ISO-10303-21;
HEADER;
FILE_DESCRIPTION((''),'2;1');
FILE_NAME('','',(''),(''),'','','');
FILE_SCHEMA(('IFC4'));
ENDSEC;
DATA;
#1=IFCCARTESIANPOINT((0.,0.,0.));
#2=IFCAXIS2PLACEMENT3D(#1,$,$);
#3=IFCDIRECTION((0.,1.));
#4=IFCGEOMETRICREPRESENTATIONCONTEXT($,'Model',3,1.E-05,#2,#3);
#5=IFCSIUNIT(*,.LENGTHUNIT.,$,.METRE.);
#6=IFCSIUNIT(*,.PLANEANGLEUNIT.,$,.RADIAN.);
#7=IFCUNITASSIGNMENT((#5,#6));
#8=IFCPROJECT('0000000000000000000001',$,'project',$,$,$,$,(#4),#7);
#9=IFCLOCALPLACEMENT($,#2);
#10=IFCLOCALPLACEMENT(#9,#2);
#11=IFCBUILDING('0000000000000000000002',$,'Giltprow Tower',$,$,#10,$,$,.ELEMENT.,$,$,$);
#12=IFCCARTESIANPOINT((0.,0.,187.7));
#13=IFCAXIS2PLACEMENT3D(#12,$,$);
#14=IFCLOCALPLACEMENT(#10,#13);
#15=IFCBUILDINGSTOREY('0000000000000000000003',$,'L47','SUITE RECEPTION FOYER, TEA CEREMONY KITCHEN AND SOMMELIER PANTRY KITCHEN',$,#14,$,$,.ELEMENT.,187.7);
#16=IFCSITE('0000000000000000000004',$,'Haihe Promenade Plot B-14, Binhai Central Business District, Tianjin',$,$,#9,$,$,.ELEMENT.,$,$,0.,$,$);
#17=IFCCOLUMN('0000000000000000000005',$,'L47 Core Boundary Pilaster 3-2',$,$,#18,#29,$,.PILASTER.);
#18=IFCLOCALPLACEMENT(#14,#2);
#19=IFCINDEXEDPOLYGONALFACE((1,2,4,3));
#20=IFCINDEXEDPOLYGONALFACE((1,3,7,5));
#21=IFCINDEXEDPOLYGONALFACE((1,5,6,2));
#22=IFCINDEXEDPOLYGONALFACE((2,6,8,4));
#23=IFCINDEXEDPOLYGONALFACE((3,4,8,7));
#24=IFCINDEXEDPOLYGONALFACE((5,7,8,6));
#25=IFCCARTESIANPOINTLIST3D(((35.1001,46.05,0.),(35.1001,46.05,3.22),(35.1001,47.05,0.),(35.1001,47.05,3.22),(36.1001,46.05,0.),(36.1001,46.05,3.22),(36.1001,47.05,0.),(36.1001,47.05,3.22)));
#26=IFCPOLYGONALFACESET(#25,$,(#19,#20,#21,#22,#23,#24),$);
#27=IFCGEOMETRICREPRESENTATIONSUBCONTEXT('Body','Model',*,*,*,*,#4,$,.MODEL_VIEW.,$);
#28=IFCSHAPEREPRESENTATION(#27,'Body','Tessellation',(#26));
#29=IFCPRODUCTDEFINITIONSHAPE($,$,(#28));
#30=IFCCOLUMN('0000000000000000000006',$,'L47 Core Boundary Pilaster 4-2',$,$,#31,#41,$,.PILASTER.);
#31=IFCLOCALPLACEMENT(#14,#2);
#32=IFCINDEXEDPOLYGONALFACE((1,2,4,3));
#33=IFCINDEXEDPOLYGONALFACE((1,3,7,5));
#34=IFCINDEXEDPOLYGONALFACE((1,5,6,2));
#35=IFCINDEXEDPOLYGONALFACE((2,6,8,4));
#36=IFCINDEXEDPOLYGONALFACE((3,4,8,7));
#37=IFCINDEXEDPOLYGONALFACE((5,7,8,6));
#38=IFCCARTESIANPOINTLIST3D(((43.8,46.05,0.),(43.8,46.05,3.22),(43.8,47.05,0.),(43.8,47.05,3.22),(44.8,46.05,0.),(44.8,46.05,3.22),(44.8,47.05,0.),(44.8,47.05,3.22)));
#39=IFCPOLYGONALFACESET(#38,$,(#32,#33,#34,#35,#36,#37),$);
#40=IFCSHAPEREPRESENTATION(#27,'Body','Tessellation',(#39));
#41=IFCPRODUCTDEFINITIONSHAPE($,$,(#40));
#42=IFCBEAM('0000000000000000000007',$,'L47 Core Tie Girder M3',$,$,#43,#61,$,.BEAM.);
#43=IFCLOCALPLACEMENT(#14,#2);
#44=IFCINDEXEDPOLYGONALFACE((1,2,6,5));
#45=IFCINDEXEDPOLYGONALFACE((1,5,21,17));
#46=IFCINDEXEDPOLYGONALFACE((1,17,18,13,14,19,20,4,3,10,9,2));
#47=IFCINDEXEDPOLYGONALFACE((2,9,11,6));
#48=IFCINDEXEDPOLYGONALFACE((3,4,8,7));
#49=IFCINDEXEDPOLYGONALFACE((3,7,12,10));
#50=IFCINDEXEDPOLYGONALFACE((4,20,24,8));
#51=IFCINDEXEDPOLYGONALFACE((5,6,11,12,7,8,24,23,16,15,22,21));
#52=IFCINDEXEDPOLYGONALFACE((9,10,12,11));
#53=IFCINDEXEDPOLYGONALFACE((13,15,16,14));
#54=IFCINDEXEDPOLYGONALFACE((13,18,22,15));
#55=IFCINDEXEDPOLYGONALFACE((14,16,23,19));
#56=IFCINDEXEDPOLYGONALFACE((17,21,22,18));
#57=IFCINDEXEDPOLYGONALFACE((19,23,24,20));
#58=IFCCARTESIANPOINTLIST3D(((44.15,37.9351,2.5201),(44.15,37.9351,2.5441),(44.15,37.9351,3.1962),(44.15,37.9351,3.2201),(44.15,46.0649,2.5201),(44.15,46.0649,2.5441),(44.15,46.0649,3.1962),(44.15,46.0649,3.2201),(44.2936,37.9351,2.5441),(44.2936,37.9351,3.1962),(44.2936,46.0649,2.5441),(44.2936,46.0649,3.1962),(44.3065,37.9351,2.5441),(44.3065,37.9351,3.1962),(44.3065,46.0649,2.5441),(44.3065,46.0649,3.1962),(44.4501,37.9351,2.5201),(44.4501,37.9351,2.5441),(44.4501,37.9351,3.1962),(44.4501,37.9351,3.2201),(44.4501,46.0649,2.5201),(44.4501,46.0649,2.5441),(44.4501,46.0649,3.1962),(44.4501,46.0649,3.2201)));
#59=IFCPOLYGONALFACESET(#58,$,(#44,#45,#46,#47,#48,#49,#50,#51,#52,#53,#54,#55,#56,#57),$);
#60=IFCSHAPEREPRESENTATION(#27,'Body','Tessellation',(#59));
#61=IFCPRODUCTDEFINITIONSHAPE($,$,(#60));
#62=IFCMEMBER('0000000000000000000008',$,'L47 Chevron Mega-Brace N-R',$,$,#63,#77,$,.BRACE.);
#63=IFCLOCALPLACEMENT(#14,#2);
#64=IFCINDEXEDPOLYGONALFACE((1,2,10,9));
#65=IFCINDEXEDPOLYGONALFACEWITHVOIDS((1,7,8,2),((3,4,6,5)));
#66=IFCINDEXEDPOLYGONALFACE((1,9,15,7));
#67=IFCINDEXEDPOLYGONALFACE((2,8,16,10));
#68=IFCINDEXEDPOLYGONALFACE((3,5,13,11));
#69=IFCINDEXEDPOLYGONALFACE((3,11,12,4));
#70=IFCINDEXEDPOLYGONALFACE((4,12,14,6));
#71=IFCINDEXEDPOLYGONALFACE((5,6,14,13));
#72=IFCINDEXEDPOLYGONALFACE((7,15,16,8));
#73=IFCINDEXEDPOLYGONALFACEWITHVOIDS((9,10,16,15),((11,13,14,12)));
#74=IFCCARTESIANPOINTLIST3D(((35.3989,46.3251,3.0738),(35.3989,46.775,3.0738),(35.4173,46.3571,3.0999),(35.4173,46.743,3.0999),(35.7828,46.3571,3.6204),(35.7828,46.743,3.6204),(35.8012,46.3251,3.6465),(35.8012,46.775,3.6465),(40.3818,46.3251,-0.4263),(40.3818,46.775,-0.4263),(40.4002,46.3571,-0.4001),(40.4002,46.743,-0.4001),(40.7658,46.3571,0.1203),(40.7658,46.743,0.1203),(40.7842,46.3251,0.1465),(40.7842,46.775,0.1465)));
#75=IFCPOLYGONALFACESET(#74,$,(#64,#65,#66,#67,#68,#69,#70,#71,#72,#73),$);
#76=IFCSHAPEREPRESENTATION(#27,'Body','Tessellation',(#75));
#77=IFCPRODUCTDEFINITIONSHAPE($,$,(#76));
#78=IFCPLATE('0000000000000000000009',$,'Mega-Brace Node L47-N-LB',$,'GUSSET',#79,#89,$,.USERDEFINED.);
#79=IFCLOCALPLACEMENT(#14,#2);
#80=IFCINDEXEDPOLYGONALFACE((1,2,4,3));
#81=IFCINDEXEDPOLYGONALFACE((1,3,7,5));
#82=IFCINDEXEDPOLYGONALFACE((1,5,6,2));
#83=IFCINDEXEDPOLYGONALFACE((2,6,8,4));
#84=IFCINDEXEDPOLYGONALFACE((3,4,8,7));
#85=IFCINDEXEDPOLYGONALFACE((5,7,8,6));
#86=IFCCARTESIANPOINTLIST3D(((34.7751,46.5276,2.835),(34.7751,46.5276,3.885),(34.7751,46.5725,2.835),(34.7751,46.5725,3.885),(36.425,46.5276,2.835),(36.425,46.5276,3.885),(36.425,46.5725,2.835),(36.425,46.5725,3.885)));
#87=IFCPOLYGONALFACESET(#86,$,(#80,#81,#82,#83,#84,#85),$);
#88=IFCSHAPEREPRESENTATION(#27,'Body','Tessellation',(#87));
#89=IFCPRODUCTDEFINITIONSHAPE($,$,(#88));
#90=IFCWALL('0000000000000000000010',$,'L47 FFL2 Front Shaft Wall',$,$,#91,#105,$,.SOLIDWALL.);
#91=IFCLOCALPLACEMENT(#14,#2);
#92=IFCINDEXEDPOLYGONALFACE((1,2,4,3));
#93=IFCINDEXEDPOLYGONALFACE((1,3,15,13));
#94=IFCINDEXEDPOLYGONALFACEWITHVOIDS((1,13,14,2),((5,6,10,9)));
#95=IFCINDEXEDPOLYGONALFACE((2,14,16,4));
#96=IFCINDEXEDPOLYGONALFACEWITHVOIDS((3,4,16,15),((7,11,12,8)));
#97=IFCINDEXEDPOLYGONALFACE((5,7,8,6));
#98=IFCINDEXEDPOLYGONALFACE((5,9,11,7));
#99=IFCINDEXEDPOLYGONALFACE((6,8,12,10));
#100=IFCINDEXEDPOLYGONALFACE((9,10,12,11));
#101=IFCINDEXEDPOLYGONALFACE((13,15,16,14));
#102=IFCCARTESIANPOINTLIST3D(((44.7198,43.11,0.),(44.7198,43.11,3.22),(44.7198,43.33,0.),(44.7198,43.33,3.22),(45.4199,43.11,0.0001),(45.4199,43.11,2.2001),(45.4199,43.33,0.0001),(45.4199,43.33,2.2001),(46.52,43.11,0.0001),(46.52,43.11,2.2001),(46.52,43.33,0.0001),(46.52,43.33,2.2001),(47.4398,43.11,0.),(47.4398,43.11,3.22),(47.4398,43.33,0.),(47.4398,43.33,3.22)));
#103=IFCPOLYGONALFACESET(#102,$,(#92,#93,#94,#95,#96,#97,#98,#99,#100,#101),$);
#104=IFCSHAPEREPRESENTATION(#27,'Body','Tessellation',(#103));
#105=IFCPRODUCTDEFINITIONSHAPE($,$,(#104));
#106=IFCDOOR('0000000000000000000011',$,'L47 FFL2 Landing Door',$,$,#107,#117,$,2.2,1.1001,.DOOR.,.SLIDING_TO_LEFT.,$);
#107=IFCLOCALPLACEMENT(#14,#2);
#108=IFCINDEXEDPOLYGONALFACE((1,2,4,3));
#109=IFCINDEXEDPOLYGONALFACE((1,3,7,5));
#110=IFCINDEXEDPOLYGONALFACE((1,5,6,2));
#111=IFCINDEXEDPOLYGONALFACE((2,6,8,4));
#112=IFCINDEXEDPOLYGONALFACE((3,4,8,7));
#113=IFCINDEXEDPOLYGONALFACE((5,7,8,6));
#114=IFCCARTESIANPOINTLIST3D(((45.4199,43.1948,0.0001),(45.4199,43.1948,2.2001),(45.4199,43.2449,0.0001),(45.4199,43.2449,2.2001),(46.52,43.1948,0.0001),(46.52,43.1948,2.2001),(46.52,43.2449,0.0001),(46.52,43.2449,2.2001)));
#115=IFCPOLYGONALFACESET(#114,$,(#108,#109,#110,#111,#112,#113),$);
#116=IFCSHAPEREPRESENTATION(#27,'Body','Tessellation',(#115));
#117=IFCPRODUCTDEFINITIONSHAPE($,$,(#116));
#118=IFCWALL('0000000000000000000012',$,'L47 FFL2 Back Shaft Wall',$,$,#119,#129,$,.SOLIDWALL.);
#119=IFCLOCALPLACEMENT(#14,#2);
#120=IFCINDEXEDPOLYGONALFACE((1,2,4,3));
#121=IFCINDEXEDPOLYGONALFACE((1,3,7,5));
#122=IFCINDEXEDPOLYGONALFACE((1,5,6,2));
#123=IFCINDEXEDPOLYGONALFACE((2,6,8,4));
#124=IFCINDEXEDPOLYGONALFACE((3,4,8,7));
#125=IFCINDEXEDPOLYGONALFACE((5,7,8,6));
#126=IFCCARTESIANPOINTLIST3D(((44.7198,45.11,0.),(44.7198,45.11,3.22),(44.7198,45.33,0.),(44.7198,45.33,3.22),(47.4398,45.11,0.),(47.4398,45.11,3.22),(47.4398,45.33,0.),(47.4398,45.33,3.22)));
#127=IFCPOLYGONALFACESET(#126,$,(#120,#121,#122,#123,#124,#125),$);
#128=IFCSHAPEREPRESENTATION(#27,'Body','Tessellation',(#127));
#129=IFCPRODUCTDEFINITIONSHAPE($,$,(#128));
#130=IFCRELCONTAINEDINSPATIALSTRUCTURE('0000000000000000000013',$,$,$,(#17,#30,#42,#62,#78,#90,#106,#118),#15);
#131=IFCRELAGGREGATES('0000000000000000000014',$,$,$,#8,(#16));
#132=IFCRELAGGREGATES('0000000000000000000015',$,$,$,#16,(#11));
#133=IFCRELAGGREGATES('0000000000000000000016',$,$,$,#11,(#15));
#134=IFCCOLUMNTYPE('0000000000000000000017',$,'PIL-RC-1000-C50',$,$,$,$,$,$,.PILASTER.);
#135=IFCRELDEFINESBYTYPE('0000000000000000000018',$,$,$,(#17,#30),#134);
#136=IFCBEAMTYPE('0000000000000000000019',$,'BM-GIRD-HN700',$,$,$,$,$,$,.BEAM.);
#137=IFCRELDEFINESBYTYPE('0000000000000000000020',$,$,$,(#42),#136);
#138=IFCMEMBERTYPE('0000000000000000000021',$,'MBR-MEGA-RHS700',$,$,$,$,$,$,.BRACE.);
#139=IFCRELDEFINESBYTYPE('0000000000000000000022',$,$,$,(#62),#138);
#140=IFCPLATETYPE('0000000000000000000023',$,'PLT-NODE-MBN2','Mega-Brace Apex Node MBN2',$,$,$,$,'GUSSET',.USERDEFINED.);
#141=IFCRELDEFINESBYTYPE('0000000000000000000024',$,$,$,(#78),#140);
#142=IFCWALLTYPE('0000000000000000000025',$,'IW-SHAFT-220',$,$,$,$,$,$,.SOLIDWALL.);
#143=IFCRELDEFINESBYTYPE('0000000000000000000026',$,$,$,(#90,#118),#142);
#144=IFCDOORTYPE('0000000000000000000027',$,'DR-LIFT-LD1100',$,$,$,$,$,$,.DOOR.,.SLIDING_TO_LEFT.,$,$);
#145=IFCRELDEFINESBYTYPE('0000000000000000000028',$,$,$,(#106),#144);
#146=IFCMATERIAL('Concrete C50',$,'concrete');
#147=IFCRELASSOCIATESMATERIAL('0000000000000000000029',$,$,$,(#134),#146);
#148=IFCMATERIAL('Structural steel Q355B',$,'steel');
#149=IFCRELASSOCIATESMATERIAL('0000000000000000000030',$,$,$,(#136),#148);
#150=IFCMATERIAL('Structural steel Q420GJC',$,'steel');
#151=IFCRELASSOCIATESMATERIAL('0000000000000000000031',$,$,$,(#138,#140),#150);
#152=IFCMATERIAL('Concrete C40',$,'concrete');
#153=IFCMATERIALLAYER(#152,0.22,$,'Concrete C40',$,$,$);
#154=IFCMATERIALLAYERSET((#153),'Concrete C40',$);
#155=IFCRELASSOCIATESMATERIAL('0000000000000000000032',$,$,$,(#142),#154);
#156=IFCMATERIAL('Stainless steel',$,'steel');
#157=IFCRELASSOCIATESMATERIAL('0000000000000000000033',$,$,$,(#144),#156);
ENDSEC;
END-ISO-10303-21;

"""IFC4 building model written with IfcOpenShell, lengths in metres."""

from ifc_helpers import new_model, si_unit, direction, frame, frame_2d, origin, origin_2d, place, context, subcontext, project, spatial, rectangle, hollow_rectangle, i_section, extrude, source, transform, mapped, material, layer, layer_set, material_profile, profile_set, type_object, element, fill, save


model = new_model("IFC4")

# Units and contexts
model_context = context("Model", 3, precision=1e-05, world=origin(), true_north=direction((0.0, 1.0)))
body_context = subcontext(model_context, "Body", "Model", "MODEL_VIEW")
ifc_project = project(units=[si_unit("LENGTHUNIT", "METRE"), si_unit("PLANEANGLEUNIT", "RADIAN")], contexts=[model_context])

# Site, building, storey
site_placement = place(None, origin())
site = spatial("IfcSite", under=ifc_project, at=site_placement, Name="Haihe Promenade Plot B-14, Binhai Central Business District, Tianjin", CompositionType="ELEMENT", RefElevation=0.0)
building_placement = place(site_placement, origin())
building = spatial("IfcBuilding", under=site, at=building_placement, Name="Giltprow Tower", CompositionType="ELEMENT")
storey_placement = place(building_placement, frame((0.0, 0.0, 187.7)))
storey = spatial("IfcBuildingStorey", under=building, at=storey_placement, Name="L47", Description="SUITE RECEPTION FOYER, TEA CEREMONY KITCHEN AND SOMMELIER PANTRY KITCHEN", CompositionType="ELEMENT", Elevation=187.7)

# Columns
ifc_material_1 = material(Name="Concrete C50", Category="concrete")
ifc_material_profile_1 = material_profile(ifc_material_1, rectangle(XDim=1.0, YDim=1.0, at=origin_2d()), Name="RC 1000x1000")
ifc_profile_set_1 = profile_set([ifc_material_profile_1], Name="Concrete C50")
column_type = type_object("IfcColumnType", Name="PIL-RC-1000-C50", PredefinedType="PILASTER", material=ifc_profile_set_1)
shared_shape_1 = source(origin(), body_context, "Body", "SweptSolid", [
    extrude(rectangle(XDim=1.0, YDim=1.0, at=origin_2d()), origin(), (0.0, 0.0, 1.0), 3.22),
])
for number, where, z_axis, x_axis, name in (
    (1, (35.6001, 46.55, 0.0), (0.0, 0.0, 1.0), (1.0, 0.0, 0.0), "L47 Core Boundary Pilaster 3-2"),
    (2, (44.3, 46.55, 0.0), (0.0, 0.0, 1.0), (1.0, 0.0, 0.0), "L47 Core Boundary Pilaster 4-2"),
):
    element("IfcColumn", number, at=place(storey_placement, frame(where, z_axis=z_axis, x_axis=x_axis)), inside=storey, type_object=column_type, Name=name, PredefinedType="PILASTER", context=body_context, shape_type="MappedRepresentation", body=[
        mapped(shared_shape_1, transform((0.0, 0.0, 0.0), x_axis=(1.0, 0.0, 0.0), y_axis=(0.0, 1.0, 0.0), z_axis=(0.0, 0.0, 1.0), scale=1.0)),
    ])

# Beam
ifc_material_2 = material(Name="Structural steel Q355B", Category="steel")
ifc_material_profile_2 = material_profile(ifc_material_2, i_section(OverallWidth=0.3, OverallDepth=0.7, WebThickness=0.0129, FlangeThickness=0.0239, at=origin_2d()), Name="HN 700x300x13x24")
ifc_profile_set_2 = profile_set([ifc_material_profile_2], Name="Structural steel Q355B")
beam_type = type_object("IfcBeamType", Name="BM-GIRD-HN700", PredefinedType="BEAM", material=ifc_profile_set_2)
shared_shape_2 = source(origin(), body_context, "Body", "SweptSolid", [
    extrude(i_section(OverallWidth=0.3, OverallDepth=0.7, WebThickness=0.0129, FlangeThickness=0.0239, at=origin_2d()), origin(), (0.0, 0.0, 1.0), 8.1299),
])
beam_placement = place(storey_placement, frame((44.3, 37.9351, 2.8701), z_axis=(0.0, 1.0, 0.0), x_axis=(-1.0, 0.0, 0.0)))
element("IfcBeam", 3, at=beam_placement, inside=storey, type_object=beam_type, Name="L47 Core Tie Girder M3", PredefinedType="BEAM", context=body_context, shape_type="MappedRepresentation", body=[
    mapped(shared_shape_2, transform((0.0, 0.0, 0.0), x_axis=(1.0, 0.0, 0.0), y_axis=(0.0, 1.0, 0.0), z_axis=(0.0, 0.0, 1.0), scale=1.0)),
])

# Member
ifc_material_3 = material(Name="Structural steel Q420GJC", Category="steel")
ifc_material_profile_3 = material_profile(ifc_material_3, hollow_rectangle(XDim=0.45, YDim=0.7, WallThickness=0.032, at=origin_2d()), Name="RHS 700x450x32")
ifc_profile_set_3 = profile_set([ifc_material_profile_3], Name="Structural steel Q420GJC")
member_type = type_object("IfcMemberType", Name="MBR-MEGA-RHS700", PredefinedType="BRACE", material=ifc_profile_set_3)
shared_shape_3 = source(origin(), body_context, "Body", "SweptSolid", [
    extrude(hollow_rectangle(XDim=0.45, YDim=0.7, WallThickness=0.032, at=origin_2d()), origin(), (0.0, 0.0, 1.0), 6.0894),
])
member_placement = place(storey_placement, frame((40.583, 46.55, -0.1399), z_axis=(-0.818308, 0.0, 0.57478), x_axis=(0.0, -1.0, 0.0)))
element("IfcMember", 4, at=member_placement, inside=storey, type_object=member_type, Name="L47 Chevron Mega-Brace N-R", PredefinedType="BRACE", context=body_context, shape_type="MappedRepresentation", body=[
    mapped(shared_shape_3, transform((0.0, 0.0, 0.0), x_axis=(1.0, 0.0, 0.0), y_axis=(0.0, 1.0, 0.0), z_axis=(0.0, 0.0, 1.0), scale=1.0)),
])

# Plate
plate_type = type_object("IfcPlateType", Name="PLT-NODE-MBN2", Description="Mega-Brace Apex Node MBN2", ElementType="GUSSET", PredefinedType="USERDEFINED", material=ifc_material_3)
shared_shape_4 = source(origin(), body_context, "Body", "SweptSolid", [
    extrude(rectangle(XDim=1.6499, YDim=0.0449, at=origin_2d()), origin(), (0.0, 0.0, 1.0), 1.05),
])
plate_placement = place(storey_placement, frame((35.6001, 46.55, 2.835), z_axis=(0.0, 0.0, 1.0), x_axis=(1.0, 0.0, 0.0)))
element("IfcPlate", 5, at=plate_placement, inside=storey, type_object=plate_type, Name="Mega-Brace Node L47-N-LB", ObjectType="GUSSET", PredefinedType="USERDEFINED", context=body_context, shape_type="MappedRepresentation", body=[
    mapped(shared_shape_4, transform((0.0, 0.0, 0.0), x_axis=(1.0, 0.0, 0.0), y_axis=(0.0, 1.0, 0.0), z_axis=(0.0, 0.0, 1.0), scale=1.0)),
])

# Wall, opening, door
ifc_material_4 = material(Name="Concrete C40", Category="concrete")
ifc_layer_1 = layer(ifc_material_4, 0.22, Name="Concrete C40")
ifc_layer_set_1 = layer_set([ifc_layer_1], Name="Concrete C40")
wall_type_1 = type_object("IfcWallType", Name="IW-SHAFT-220", PredefinedType="SOLIDWALL", material=ifc_layer_set_1)
wall_1_placement = place(storey_placement, frame((44.72, 43.22, 0.0), z_axis=(0.0, 0.0, 1.0), x_axis=(1.0, 0.0, 0.0)))
wall_1 = element("IfcWall", 6, at=wall_1_placement, inside=storey, type_object=wall_type_1, Name="L47 FFL2 Front Shaft Wall", PredefinedType="SOLIDWALL", context=body_context, shape_type="SweptSolid", body=[
    extrude(rectangle(XDim=2.72, YDim=0.22, at=frame_2d((1.3599, 0.0))), origin(), (0.0, 0.0, 1.0), 3.22),
])
opening_1_placement = place(wall_1_placement, frame((0.7, 0.0, 0.0)))
opening_1 = element("IfcOpeningElement", 7, at=opening_1_placement, cuts=wall_1, PredefinedType="OPENING", context=body_context, shape_type="SweptSolid", body=[
    extrude(rectangle(XDim=1.1001, YDim=2.2, at=frame_2d((0.55, 1.1001))), frame((0.0, 0.1199, 0.0), z_axis=(0.0, -1.0, 0.0), x_axis=(1.0, 0.0, 0.0)), (0.0, 0.0, 1.0), 0.24),
])
ifc_material_5 = material(Name="Stainless steel", Category="steel")
door_type = type_object("IfcDoorType", Name="DR-LIFT-LD1100", OperationType="SLIDING_TO_LEFT", PredefinedType="DOOR", material=ifc_material_5)
shared_shape_5 = source(origin(), body_context, "Body", "SweptSolid", [
    extrude(rectangle(XDim=1.1001, YDim=2.2, at=frame_2d((0.55, 1.1001))), frame((0.0, 0.0249, 0.0), z_axis=(0.0, -1.0, 0.0), x_axis=(1.0, 0.0, 0.0)), (0.0, 0.0, 1.0), 0.05),
])
door_1_placement = place(opening_1_placement, origin())
door_1 = element("IfcDoor", 8, at=door_1_placement, inside=storey, type_object=door_type, Name="L47 FFL2 Landing Door", OperationType="SLIDING_TO_LEFT", OverallHeight=2.2, OverallWidth=1.1001, PredefinedType="DOOR", context=body_context, shape_type="MappedRepresentation", body=[
    mapped(shared_shape_5, transform((0.0, 0.0, 0.0), x_axis=(1.0, 0.0, 0.0), y_axis=(0.0, 1.0, 0.0), z_axis=(0.0, 0.0, 1.0), scale=1.0)),
])
fill(opening_1, door_1)

# Wall
wall_2_placement = place(storey_placement, frame((44.72, 45.22, 0.0), z_axis=(0.0, 0.0, 1.0), x_axis=(1.0, 0.0, 0.0)))
element("IfcWall", 9, at=wall_2_placement, inside=storey, type_object=wall_type_1, Name="L47 FFL2 Back Shaft Wall", PredefinedType="SOLIDWALL", context=body_context, shape_type="SweptSolid", body=[
    extrude(rectangle(XDim=2.72, YDim=0.22, at=frame_2d((1.3599, 0.0))), origin(), (0.0, 0.0, 1.0), 3.22),
])

save(model, "model.ifc")
